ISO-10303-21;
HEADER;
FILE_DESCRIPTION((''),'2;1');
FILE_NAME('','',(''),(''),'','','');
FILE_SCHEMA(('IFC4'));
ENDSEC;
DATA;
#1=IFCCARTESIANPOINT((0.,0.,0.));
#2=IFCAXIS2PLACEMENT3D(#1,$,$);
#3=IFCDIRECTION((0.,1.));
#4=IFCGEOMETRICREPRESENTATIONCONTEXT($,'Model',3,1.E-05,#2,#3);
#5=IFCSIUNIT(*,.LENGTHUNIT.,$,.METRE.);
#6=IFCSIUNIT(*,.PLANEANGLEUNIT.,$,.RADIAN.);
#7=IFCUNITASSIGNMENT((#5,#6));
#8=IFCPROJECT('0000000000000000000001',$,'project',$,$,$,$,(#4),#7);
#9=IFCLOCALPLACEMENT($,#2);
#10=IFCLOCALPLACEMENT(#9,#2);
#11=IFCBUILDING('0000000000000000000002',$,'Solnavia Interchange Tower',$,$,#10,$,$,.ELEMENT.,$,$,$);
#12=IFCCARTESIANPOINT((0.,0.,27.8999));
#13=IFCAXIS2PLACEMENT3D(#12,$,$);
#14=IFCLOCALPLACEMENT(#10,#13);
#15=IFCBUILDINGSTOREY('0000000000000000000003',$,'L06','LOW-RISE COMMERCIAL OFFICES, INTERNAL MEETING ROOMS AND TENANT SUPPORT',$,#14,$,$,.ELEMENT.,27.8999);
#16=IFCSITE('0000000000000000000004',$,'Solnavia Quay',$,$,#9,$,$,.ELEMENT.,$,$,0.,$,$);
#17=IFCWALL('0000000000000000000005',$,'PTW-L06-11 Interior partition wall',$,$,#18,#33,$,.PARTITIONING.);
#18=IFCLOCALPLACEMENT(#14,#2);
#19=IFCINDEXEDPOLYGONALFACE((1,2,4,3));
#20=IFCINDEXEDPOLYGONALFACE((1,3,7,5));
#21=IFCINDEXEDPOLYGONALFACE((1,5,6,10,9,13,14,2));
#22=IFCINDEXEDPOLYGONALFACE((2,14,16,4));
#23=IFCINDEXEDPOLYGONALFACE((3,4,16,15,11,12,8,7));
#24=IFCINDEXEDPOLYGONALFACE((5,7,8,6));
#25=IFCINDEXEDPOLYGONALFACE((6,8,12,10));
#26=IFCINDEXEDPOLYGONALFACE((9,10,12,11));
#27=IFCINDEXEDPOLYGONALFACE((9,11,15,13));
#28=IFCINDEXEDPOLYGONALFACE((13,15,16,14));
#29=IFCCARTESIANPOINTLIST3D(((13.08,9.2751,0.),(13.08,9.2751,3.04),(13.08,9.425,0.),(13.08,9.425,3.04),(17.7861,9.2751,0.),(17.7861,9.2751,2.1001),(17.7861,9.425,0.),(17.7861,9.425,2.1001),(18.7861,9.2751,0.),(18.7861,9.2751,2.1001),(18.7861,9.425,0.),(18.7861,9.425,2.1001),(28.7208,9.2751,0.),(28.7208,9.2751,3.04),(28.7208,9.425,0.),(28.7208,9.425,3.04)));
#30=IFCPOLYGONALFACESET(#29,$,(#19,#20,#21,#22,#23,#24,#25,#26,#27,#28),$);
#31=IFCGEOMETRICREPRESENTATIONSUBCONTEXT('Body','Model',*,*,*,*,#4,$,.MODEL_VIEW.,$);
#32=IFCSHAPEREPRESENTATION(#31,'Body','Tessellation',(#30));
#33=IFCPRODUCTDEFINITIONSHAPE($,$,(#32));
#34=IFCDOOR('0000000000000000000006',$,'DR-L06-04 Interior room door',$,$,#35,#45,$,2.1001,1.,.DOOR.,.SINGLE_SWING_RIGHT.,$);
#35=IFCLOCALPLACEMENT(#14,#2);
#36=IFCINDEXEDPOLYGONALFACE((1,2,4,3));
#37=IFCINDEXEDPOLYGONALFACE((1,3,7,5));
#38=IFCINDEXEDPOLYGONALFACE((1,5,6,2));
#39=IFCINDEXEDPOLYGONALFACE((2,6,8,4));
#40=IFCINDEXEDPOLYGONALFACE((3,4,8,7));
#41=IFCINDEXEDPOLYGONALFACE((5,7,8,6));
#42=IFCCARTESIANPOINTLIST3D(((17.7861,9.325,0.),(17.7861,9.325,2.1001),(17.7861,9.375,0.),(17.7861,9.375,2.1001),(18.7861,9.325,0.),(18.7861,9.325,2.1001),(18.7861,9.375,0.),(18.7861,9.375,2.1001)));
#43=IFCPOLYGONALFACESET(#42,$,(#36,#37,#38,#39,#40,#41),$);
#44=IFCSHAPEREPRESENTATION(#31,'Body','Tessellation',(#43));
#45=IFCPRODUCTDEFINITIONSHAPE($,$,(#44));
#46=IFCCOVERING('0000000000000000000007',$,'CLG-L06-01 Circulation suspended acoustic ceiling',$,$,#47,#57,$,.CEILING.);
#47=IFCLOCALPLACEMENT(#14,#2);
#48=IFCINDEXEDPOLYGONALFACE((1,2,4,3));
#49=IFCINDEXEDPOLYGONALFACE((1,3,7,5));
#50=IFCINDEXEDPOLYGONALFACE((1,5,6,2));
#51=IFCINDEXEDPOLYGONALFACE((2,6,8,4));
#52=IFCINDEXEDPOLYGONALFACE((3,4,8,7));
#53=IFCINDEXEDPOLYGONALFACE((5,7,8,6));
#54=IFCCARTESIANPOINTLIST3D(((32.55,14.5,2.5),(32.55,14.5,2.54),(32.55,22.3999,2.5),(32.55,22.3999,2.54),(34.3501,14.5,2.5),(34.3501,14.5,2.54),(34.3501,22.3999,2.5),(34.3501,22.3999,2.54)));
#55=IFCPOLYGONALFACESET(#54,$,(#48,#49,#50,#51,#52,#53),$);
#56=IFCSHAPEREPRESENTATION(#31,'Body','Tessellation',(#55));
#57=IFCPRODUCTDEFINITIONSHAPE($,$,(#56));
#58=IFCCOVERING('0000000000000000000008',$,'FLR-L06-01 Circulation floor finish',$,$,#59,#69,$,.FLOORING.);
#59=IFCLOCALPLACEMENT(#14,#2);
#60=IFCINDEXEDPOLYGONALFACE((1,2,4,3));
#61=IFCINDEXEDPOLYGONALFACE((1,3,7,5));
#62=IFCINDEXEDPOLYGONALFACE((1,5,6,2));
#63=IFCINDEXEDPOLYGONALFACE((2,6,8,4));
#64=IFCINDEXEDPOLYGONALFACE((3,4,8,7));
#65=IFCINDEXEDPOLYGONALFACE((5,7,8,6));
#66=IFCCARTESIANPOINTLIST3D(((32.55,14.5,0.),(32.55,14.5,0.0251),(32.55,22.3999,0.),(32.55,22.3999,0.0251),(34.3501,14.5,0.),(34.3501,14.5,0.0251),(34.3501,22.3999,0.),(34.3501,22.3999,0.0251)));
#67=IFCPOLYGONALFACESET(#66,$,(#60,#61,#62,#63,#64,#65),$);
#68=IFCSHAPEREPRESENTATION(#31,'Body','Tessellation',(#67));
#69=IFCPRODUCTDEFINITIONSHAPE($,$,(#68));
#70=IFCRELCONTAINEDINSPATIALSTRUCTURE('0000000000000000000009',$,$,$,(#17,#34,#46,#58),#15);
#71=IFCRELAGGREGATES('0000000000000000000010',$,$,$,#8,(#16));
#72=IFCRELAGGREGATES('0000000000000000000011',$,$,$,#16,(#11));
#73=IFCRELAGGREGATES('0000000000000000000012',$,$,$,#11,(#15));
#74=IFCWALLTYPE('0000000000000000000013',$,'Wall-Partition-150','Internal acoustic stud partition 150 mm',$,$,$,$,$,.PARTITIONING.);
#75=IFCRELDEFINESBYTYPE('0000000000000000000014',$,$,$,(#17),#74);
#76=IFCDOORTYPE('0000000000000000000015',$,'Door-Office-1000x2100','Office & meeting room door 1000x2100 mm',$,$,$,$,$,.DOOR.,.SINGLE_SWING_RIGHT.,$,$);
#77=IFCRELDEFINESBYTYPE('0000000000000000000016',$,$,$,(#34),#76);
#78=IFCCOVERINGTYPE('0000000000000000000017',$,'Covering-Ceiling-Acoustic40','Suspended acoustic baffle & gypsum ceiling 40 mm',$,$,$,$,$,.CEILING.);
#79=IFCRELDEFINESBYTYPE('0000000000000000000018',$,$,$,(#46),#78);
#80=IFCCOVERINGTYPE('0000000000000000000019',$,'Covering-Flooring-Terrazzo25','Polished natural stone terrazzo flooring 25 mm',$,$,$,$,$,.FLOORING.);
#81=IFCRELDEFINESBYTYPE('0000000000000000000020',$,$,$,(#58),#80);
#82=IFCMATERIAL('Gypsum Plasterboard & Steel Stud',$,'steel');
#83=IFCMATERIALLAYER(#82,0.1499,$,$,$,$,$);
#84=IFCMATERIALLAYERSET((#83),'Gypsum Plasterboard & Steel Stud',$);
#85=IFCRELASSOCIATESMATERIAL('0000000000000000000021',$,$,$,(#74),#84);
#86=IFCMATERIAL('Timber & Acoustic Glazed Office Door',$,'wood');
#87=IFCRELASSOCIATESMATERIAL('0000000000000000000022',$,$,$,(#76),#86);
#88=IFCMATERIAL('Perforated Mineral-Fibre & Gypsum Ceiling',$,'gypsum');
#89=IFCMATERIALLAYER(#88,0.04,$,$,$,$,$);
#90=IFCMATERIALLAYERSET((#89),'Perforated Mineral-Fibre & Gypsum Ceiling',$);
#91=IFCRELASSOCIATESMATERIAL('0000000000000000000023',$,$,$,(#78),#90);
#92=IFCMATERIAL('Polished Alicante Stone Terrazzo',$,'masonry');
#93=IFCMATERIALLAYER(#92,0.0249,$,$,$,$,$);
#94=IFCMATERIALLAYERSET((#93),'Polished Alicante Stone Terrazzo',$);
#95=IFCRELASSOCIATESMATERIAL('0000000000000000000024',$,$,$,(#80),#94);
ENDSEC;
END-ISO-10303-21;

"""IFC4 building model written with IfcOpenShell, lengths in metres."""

from ifc_helpers import new_model, si_unit, direction, frame, frame_2d, origin, place, context, subcontext, project, spatial, polyline, rectangle, outline, extrude, material, layer, layer_set, type_object, element, fill, save


model = new_model("IFC4")

# Units and contexts
model_context = context("Model", 3, precision=1e-05, world=origin(), true_north=direction((0.0, 1.0)))
body_context = subcontext(model_context, "Body", "Model", "MODEL_VIEW")
ifc_project = project(units=[si_unit("LENGTHUNIT", "METRE"), si_unit("PLANEANGLEUNIT", "RADIAN")], contexts=[model_context])

# Site, building, storey
site_placement = place(None, origin())
site = spatial("IfcSite", under=ifc_project, at=site_placement, Name="Solnavia Quay", CompositionType="ELEMENT", RefElevation=0.0)
building_placement = place(site_placement, origin())
building = spatial("IfcBuilding", under=site, at=building_placement, Name="Solnavia Interchange Tower", CompositionType="ELEMENT")
storey_placement = place(building_placement, frame((0.0, 0.0, 27.8999)))
storey = spatial("IfcBuildingStorey", under=building, at=storey_placement, Name="L06", Description="LOW-RISE COMMERCIAL OFFICES, INTERNAL MEETING ROOMS AND TENANT SUPPORT", CompositionType="ELEMENT", Elevation=27.8999)

# Shared definitions
ifc_material_1 = material(Name="Gypsum Plasterboard & Steel Stud", Category="steel")
ifc_layer_1 = layer(ifc_material_1, 0.1499)
ifc_layer_set_1 = layer_set([ifc_layer_1], Name="Gypsum Plasterboard & Steel Stud")
wall_type_1 = type_object("IfcWallType", Name="Wall-Partition-150", Description="Internal acoustic stud partition 150 mm", PredefinedType="PARTITIONING", material=ifc_layer_set_1)

# Wall, opening, door
ifc_material_2 = material(Name="Timber & Acoustic Glazed Office Door", Category="wood")
door_type = type_object("IfcDoorType", Name="Door-Office-1000x2100", Description="Office & meeting room door 1000x2100 mm", OperationType="SINGLE_SWING_RIGHT", PredefinedType="DOOR", material=ifc_material_2)
wall_1_placement = place(storey_placement, frame((13.0801, 9.3501, 0.0), z_axis=(0.0, 0.0, 1.0), x_axis=(1.0, 0.0, 0.0)))
wall_1 = element("IfcWall", 1, at=wall_1_placement, inside=storey, type_object=wall_type_1, Name="PTW-L06-11 Interior partition wall", PredefinedType="PARTITIONING", context=body_context, shape_type="SweptSolid", body=[
    extrude(rectangle(XDim=15.6409, YDim=0.1499, at=frame_2d((7.8203, 0.0))), origin(), (0.0, 0.0, 1.0), 3.04),
])
opening_1_placement = place(wall_1_placement, frame((4.7061, 0.0, 0.0)))
opening_1 = element("IfcOpeningElement", 2, at=opening_1_placement, cuts=wall_1, PredefinedType="OPENING", context=body_context, shape_type="SweptSolid", body=[
    extrude(rectangle(XDim=1.0, YDim=2.1001, at=frame_2d((0.5, 1.05))), frame((0.0, 0.085, 0.0), z_axis=(0.0, -1.0, 0.0), x_axis=(1.0, 0.0, 0.0)), (0.0, 0.0, 1.0), 0.1699),
])
door_1_placement = place(opening_1_placement, origin())
door_1 = element("IfcDoor", 3, at=door_1_placement, inside=storey, type_object=door_type, Name="DR-L06-04 Interior room door", OperationType="SINGLE_SWING_RIGHT", OverallHeight=2.1001, OverallWidth=1.0, PredefinedType="DOOR", context=body_context, shape_type="SweptSolid", body=[
    extrude(rectangle(XDim=1.0, YDim=2.1001, at=frame_2d((0.5, 1.05))), frame((0.0, 0.0249, 0.0), z_axis=(0.0, -1.0, 0.0), x_axis=(1.0, 0.0, 0.0)), (0.0, 0.0, 1.0), 0.05),
])
fill(opening_1, door_1)

# Coverings
ifc_material_3 = material(Name="Perforated Mineral-Fibre & Gypsum Ceiling", Category="gypsum")
ifc_layer_2 = layer(ifc_material_3, 0.04)
ifc_layer_set_2 = layer_set([ifc_layer_2], Name="Perforated Mineral-Fibre & Gypsum Ceiling")
covering_type_1 = type_object("IfcCoveringType", Name="Covering-Ceiling-Acoustic40", Description="Suspended acoustic baffle & gypsum ceiling 40 mm", PredefinedType="CEILING", material=ifc_layer_set_2)
covering_1_placement = place(storey_placement, frame((0.0, 0.0, 2.5)))
element("IfcCovering", 4, at=covering_1_placement, inside=storey, type_object=covering_type_1, Name="CLG-L06-01 Circulation suspended acoustic ceiling", PredefinedType="CEILING", context=body_context, shape_type="SweptSolid", body=[
    extrude(outline(polyline([(32.55, 14.5), (34.3501, 14.5), (34.3501, 22.3999), (32.55, 22.3999), (32.55, 14.5)])), origin(), (0.0, 0.0, 1.0), 0.04),
])
ifc_material_4 = material(Name="Polished Alicante Stone Terrazzo", Category="masonry")
ifc_layer_3 = layer(ifc_material_4, 0.0249)
ifc_layer_set_3 = layer_set([ifc_layer_3], Name="Polished Alicante Stone Terrazzo")
covering_type_2 = type_object("IfcCoveringType", Name="Covering-Flooring-Terrazzo25", Description="Polished natural stone terrazzo flooring 25 mm", PredefinedType="FLOORING", material=ifc_layer_set_3)
covering_2_placement = place(storey_placement, origin())
element("IfcCovering", 5, at=covering_2_placement, inside=storey, type_object=covering_type_2, Name="FLR-L06-01 Circulation floor finish", PredefinedType="FLOORING", context=body_context, shape_type="SweptSolid", body=[
    extrude(outline(polyline([(32.55, 14.5), (34.3501, 14.5), (34.3501, 22.3999), (32.55, 22.3999), (32.55, 14.5)])), origin(), (0.0, 0.0, 1.0), 0.0251),
])

save(model, "model.ifc")
